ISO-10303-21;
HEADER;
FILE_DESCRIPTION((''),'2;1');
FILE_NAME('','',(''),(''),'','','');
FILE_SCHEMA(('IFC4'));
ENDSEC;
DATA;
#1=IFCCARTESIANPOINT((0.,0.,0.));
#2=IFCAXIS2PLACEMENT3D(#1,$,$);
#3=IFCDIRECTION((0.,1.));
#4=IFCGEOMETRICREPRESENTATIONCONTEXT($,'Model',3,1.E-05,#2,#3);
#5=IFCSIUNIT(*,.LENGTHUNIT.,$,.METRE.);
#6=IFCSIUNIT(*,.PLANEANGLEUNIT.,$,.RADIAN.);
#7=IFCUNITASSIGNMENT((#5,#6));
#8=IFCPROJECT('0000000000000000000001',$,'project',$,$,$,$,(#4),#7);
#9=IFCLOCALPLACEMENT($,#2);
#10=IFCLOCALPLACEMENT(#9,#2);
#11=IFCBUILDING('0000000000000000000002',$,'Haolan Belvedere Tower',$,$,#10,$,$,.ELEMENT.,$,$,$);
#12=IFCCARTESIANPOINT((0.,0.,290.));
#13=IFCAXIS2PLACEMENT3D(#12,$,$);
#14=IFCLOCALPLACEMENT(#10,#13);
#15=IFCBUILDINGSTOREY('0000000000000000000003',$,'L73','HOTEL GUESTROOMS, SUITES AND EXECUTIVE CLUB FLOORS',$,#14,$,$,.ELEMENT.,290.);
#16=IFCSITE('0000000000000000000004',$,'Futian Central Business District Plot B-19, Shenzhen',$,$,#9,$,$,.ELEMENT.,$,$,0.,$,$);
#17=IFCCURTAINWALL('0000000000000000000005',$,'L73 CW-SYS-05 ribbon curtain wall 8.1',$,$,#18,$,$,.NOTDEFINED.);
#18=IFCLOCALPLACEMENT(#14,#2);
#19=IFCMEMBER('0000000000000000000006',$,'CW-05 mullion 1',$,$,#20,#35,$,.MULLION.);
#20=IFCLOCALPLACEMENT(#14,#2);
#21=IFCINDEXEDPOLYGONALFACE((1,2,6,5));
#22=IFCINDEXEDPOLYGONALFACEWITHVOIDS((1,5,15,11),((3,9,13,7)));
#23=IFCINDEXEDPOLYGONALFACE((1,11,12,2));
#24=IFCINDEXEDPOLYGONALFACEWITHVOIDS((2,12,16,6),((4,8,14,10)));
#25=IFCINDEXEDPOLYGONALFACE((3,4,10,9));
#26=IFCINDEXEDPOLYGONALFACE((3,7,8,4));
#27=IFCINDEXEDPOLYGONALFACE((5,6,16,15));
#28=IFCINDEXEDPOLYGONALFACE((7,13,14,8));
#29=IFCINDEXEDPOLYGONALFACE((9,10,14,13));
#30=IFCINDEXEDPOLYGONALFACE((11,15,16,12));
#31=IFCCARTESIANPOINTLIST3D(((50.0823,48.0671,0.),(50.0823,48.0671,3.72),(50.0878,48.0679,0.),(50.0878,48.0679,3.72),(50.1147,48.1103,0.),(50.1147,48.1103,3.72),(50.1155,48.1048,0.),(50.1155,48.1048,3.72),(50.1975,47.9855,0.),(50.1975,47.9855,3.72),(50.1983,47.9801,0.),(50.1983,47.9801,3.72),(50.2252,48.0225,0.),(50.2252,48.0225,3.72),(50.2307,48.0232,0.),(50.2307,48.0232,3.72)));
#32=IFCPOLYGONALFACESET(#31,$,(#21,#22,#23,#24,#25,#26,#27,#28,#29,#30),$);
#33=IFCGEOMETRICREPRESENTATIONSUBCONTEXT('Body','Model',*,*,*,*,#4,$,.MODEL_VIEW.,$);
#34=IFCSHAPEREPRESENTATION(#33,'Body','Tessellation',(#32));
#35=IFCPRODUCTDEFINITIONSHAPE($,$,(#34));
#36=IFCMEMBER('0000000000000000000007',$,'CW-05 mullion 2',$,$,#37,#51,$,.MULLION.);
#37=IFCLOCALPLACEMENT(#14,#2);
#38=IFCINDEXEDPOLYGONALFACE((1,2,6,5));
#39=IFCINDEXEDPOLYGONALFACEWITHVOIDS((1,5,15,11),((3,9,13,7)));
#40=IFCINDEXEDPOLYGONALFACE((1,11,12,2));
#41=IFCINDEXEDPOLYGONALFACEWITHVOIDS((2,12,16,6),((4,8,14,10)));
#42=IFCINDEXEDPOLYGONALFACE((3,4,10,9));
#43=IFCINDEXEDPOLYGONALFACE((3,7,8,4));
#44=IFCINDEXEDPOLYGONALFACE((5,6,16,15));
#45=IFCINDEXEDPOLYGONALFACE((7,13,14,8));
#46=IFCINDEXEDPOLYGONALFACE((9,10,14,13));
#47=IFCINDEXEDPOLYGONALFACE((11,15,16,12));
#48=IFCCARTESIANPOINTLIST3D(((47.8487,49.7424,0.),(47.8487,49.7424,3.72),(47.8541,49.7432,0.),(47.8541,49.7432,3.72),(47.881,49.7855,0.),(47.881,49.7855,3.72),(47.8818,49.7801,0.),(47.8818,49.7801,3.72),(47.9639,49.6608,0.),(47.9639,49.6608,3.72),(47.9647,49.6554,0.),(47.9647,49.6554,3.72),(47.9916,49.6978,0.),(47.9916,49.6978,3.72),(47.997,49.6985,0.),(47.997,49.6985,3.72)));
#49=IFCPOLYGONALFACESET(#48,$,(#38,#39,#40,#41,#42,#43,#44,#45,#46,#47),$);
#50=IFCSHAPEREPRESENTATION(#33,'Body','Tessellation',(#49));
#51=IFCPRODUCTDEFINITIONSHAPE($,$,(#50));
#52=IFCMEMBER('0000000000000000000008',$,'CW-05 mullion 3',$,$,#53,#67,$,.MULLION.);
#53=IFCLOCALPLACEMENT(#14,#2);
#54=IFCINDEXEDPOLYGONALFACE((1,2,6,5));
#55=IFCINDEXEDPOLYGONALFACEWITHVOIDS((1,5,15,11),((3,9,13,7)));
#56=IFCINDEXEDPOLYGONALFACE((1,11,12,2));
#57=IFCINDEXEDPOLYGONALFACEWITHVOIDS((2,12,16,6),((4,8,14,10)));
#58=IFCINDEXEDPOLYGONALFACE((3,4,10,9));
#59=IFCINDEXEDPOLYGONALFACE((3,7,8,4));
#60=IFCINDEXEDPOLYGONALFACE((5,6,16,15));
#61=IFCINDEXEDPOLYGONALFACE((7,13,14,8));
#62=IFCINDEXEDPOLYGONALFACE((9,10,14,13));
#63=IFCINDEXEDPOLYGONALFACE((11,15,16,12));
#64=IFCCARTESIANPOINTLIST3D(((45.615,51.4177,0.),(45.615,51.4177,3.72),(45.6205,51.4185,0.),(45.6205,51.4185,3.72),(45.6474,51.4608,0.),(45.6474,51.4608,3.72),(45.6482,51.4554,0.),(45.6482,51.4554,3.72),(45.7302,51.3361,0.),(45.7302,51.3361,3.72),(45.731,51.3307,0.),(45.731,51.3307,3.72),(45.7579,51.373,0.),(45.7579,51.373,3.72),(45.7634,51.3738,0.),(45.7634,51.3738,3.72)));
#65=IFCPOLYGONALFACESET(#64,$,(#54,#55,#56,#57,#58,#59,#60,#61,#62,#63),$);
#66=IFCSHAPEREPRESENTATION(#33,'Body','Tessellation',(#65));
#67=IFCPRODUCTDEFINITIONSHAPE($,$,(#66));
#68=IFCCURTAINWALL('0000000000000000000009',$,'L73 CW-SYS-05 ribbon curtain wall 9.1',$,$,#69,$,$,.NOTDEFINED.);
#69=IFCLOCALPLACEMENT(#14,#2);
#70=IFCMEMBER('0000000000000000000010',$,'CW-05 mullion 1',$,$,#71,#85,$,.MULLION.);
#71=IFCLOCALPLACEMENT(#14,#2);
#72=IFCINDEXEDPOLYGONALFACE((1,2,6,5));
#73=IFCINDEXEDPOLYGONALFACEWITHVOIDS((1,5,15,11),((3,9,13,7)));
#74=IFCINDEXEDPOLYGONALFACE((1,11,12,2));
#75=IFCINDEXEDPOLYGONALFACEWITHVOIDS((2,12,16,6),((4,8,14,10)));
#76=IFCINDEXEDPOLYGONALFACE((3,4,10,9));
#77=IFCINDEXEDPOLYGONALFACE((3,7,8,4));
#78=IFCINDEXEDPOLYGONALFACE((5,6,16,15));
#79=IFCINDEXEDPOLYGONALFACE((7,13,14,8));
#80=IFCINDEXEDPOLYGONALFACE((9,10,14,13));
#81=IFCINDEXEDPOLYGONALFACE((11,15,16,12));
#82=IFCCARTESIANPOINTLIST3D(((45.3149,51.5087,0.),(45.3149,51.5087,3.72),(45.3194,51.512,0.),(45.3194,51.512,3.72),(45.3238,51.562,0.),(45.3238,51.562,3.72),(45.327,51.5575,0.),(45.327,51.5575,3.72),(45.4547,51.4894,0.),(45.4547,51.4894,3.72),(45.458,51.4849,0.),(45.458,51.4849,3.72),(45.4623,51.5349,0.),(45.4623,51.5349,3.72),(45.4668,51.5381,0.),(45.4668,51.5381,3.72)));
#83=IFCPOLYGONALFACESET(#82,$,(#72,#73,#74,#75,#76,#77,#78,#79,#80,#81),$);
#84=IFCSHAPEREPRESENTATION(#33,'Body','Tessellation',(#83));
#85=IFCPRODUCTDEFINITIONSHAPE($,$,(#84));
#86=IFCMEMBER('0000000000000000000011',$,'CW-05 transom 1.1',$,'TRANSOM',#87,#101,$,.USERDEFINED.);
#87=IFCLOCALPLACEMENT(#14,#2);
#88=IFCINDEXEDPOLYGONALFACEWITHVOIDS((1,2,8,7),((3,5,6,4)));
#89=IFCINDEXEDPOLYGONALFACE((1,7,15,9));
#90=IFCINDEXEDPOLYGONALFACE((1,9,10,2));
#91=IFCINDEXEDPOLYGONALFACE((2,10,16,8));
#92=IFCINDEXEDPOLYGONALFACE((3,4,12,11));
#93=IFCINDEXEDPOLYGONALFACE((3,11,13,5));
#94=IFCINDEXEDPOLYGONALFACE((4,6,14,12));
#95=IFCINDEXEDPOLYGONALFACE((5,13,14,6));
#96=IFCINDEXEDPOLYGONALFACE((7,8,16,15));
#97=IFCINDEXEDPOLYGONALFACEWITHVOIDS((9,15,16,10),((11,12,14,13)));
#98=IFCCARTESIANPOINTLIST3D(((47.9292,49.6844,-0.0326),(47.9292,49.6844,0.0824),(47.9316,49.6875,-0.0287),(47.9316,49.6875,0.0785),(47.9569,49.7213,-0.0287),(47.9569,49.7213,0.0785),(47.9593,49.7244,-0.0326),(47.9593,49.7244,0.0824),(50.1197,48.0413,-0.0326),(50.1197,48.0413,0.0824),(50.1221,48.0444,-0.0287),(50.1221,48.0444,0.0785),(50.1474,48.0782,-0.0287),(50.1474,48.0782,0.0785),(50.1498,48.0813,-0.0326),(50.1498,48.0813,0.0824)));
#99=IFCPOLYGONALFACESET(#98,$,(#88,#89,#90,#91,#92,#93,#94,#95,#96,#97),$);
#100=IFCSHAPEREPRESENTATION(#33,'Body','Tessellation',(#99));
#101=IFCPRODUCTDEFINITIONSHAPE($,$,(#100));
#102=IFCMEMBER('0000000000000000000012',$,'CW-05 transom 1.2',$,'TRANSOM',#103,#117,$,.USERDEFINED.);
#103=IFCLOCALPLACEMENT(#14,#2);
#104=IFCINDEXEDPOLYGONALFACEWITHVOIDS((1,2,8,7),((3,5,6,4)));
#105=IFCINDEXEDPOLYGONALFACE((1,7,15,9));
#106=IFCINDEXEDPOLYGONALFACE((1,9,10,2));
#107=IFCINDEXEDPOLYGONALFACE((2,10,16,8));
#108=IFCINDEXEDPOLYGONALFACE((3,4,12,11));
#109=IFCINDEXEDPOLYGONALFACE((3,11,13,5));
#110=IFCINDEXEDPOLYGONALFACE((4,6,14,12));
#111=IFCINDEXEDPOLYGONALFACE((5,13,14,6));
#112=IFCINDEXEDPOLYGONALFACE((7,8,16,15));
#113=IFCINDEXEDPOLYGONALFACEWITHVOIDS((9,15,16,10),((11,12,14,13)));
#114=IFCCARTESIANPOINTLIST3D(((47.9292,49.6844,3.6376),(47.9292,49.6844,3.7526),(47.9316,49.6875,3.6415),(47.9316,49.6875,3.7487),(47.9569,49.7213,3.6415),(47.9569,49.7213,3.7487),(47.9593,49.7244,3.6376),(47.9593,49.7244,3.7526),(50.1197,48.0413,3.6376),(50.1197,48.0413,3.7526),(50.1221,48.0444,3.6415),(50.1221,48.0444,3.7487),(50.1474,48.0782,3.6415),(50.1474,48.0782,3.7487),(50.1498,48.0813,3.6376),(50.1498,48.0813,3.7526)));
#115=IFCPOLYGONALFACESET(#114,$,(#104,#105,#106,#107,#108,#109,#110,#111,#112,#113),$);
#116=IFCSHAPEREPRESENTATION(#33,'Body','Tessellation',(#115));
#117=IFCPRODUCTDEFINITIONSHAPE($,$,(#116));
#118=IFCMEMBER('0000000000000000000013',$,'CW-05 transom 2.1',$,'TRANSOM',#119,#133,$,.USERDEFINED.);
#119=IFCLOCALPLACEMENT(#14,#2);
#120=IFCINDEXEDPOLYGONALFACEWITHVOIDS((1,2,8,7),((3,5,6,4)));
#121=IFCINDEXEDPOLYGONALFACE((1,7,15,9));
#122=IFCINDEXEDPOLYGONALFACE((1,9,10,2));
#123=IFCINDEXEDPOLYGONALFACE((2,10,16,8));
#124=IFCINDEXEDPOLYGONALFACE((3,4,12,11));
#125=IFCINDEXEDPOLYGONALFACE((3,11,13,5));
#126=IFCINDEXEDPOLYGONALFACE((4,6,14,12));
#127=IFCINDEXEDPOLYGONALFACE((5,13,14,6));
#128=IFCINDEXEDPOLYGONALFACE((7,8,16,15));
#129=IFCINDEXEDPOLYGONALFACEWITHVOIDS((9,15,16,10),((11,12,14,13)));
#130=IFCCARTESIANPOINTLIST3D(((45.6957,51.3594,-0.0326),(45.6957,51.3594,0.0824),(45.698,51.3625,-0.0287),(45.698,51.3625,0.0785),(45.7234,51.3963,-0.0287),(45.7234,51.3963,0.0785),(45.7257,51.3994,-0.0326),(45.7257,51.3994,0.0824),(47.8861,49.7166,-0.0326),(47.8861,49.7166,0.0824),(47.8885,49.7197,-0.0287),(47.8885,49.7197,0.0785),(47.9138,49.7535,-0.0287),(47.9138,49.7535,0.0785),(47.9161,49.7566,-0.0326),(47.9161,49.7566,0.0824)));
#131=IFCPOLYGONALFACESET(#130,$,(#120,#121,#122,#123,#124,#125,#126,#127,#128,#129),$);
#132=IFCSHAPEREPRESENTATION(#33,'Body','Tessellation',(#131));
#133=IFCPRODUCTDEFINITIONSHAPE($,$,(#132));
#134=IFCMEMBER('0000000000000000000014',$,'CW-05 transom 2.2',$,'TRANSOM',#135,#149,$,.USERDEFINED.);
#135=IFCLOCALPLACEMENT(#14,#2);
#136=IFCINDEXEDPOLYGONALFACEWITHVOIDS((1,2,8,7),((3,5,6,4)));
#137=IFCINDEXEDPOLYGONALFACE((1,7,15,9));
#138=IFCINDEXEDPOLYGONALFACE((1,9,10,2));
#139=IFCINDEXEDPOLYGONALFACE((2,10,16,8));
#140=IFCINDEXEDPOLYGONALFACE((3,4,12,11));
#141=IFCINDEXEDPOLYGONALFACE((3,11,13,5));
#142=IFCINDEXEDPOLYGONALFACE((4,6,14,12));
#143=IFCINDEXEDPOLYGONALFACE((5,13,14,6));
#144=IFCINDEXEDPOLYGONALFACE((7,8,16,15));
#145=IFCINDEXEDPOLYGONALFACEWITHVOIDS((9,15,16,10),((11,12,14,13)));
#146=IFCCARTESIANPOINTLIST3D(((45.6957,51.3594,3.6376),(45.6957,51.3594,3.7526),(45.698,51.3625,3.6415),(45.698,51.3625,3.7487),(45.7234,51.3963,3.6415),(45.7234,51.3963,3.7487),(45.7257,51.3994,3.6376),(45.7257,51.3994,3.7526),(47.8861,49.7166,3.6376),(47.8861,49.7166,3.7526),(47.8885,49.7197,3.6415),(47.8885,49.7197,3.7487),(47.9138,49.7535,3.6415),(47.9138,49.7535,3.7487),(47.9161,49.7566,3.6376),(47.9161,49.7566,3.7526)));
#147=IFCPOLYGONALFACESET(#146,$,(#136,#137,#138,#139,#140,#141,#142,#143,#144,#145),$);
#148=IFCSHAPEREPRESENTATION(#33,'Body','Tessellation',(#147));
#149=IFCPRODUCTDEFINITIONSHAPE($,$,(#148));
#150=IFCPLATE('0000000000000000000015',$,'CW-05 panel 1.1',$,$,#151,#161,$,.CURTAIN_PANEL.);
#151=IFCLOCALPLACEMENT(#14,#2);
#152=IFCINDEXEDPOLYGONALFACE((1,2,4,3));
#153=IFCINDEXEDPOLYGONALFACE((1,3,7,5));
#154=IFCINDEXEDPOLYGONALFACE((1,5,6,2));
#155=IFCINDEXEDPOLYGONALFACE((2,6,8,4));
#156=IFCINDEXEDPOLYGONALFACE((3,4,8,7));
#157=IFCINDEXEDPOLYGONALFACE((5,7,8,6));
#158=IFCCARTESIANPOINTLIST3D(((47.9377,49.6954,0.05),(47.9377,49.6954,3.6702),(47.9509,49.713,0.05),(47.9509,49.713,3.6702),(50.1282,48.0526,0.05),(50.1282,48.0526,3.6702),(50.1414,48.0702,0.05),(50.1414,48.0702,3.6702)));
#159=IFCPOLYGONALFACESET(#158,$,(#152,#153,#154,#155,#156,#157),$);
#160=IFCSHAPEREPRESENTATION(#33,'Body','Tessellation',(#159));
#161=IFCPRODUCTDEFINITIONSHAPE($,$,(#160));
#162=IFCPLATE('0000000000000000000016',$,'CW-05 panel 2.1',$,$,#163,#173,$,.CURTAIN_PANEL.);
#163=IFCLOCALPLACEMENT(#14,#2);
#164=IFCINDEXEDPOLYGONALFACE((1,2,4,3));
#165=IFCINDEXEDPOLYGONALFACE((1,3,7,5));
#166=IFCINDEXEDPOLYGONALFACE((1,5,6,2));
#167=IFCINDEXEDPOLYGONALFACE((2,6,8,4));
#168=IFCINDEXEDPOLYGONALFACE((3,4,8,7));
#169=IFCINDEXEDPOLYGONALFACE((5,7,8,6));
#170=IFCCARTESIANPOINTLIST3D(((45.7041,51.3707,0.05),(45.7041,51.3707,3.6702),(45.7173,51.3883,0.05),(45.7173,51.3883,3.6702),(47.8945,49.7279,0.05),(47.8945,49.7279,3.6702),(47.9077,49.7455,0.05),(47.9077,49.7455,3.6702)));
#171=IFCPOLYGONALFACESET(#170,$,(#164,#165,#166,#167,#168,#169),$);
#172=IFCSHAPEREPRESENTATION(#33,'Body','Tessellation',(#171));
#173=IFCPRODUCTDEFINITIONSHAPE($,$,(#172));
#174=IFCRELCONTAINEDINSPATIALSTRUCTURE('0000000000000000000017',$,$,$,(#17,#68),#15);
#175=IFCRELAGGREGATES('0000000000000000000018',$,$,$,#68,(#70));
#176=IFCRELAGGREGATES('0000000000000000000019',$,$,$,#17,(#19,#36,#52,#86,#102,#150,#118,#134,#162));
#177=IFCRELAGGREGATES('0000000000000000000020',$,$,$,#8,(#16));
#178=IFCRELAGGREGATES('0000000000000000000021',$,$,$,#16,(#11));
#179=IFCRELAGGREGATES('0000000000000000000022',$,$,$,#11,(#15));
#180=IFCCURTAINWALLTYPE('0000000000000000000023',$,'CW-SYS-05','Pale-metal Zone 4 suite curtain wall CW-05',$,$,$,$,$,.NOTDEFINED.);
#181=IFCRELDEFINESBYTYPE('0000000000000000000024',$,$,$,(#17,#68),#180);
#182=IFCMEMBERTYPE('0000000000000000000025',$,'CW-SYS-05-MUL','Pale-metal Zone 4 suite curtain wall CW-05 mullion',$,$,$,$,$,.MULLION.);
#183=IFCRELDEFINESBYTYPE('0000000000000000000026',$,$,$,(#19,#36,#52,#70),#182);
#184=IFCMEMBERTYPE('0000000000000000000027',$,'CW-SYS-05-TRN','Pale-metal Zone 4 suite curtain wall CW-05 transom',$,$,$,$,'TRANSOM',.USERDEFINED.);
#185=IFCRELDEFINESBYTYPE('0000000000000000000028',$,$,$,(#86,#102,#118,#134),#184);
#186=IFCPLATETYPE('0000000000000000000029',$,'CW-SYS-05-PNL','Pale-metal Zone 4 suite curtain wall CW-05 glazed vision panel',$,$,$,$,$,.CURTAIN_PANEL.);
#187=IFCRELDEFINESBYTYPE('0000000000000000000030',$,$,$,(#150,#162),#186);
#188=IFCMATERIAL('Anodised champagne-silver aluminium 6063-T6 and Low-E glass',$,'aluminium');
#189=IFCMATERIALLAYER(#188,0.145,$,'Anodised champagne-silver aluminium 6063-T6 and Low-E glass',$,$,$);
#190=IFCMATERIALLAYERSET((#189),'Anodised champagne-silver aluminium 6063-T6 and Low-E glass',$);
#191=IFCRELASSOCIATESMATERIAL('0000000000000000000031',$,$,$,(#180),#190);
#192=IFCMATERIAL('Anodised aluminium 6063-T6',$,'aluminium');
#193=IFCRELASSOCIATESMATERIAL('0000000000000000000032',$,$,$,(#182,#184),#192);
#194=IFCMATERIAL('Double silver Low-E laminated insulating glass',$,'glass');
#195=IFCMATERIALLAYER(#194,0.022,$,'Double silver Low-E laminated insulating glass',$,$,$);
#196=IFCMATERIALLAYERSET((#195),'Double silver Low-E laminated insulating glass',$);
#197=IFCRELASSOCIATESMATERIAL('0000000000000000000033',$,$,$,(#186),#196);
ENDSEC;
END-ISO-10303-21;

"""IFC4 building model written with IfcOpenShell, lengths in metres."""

from ifc_helpers import new_model, si_unit, direction, frame, origin, origin_2d, place, context, subcontext, project, spatial, rectangle, hollow_rectangle, extrude, material, layer, layer_set, material_profile, profile_set, type_object, element, aggregate, save


model = new_model("IFC4")

# Units and contexts
model_context = context("Model", 3, precision=1e-05, world=origin(), true_north=direction((0.0, 1.0)))
body_context = subcontext(model_context, "Body", "Model", "MODEL_VIEW")
ifc_project = project(units=[si_unit("LENGTHUNIT", "METRE"), si_unit("PLANEANGLEUNIT", "RADIAN")], contexts=[model_context])

# Site, building, storey
site_placement = place(None, origin())
site = spatial("IfcSite", under=ifc_project, at=site_placement, Name="Futian Central Business District Plot B-19, Shenzhen", CompositionType="ELEMENT", RefElevation=0.0)
building_placement = place(site_placement, origin())
building = spatial("IfcBuilding", under=site, at=building_placement, Name="Haolan Belvedere Tower", CompositionType="ELEMENT")
storey_placement = place(building_placement, frame((0.0, 0.0, 290.0)))
storey = spatial("IfcBuildingStorey", under=building, at=storey_placement, Name="L73", Description="HOTEL GUESTROOMS, SUITES AND EXECUTIVE CLUB FLOORS", CompositionType="ELEMENT", Elevation=290.0)

# Curtain wall, members
ifc_material_1 = material(Name="Anodised champagne-silver aluminium 6063-T6 and Low-E glass", Category="aluminium")
ifc_layer_1 = layer(ifc_material_1, 0.145, Name="Anodised champagne-silver aluminium 6063-T6 and Low-E glass")
ifc_layer_set_1 = layer_set([ifc_layer_1], Name="Anodised champagne-silver aluminium 6063-T6 and Low-E glass")
curtain_wall_type = type_object("IfcCurtainWallType", Name="CW-SYS-05", Description="Pale-metal Zone 4 suite curtain wall CW-05", PredefinedType="NOTDEFINED", material=ifc_layer_set_1)
curtain_wall_1_placement = place(storey_placement, origin())
curtain_wall_1 = element("IfcCurtainWall", 1, at=curtain_wall_1_placement, inside=storey, type_object=curtain_wall_type, Name="L73 CW-SYS-05 ribbon curtain wall 8.1", PredefinedType="NOTDEFINED")
ifc_material_2 = material(Name="Anodised aluminium 6063-T6", Category="aluminium")
ifc_material_profile_1 = material_profile(ifc_material_2, hollow_rectangle(XDim=0.054, YDim=0.145, WallThickness=0.0039, at=origin_2d()), Name="Anodised aluminium 6063-T6")
ifc_profile_set_1 = profile_set([ifc_material_profile_1], Name="Anodised aluminium 6063-T6")
member_type_1 = type_object("IfcMemberType", Name="CW-SYS-05-MUL", Description="Pale-metal Zone 4 suite curtain wall CW-05 mullion", PredefinedType="MULLION", material=ifc_profile_set_1)
member_1_placement = place(storey_placement, frame((50.1565, 48.0452, 0.0), z_axis=(0.0, 0.0, 1.0), x_axis=(-0.600003, -0.799998, 0.0)))
member_1 = element("IfcMember", 2, at=member_1_placement, type_object=member_type_1, Name="CW-05 mullion 1", PredefinedType="MULLION", context=body_context, shape_type="SweptSolid", body=[
    extrude(hollow_rectangle(XDim=0.054, YDim=0.145, WallThickness=0.0039, at=origin_2d()), origin(), (0.0, 0.0, 1.0), 3.72),
])
member_2_placement = place(storey_placement, frame((47.9229, 49.7205, 0.0), z_axis=(0.0, 0.0, 1.0), x_axis=(-0.600003, -0.799998, 0.0)))
member_2 = element("IfcMember", 3, at=member_2_placement, type_object=member_type_1, Name="CW-05 mullion 2", PredefinedType="MULLION", context=body_context, shape_type="SweptSolid", body=[
    extrude(hollow_rectangle(XDim=0.054, YDim=0.145, WallThickness=0.0039, at=origin_2d()), origin(), (0.0, 0.0, 1.0), 3.72),
])
member_3_placement = place(storey_placement, frame((45.6892, 51.3958, 0.0), z_axis=(0.0, 0.0, 1.0), x_axis=(-0.600003, -0.799998, 0.0)))
member_3 = element("IfcMember", 4, at=member_3_placement, type_object=member_type_1, Name="CW-05 mullion 3", PredefinedType="MULLION", context=body_context, shape_type="SweptSolid", body=[
    extrude(hollow_rectangle(XDim=0.054, YDim=0.145, WallThickness=0.0039, at=origin_2d()), origin(), (0.0, 0.0, 1.0), 3.72),
])

# Curtain wall, member
curtain_wall_2_placement = place(storey_placement, origin())
curtain_wall_2 = element("IfcCurtainWall", 5, at=curtain_wall_2_placement, inside=storey, type_object=curtain_wall_type, Name="L73 CW-SYS-05 ribbon curtain wall 9.1", PredefinedType="NOTDEFINED")
member_4_placement = place(storey_placement, frame((45.3909, 51.5234, 0.0), z_axis=(0.0, 0.0, 1.0), x_axis=(-0.164406, -0.986393, 0.0)))
member_4 = element("IfcMember", 6, at=member_4_placement, type_object=member_type_1, Name="CW-05 mullion 1", PredefinedType="MULLION", context=body_context, shape_type="SweptSolid", body=[
    extrude(hollow_rectangle(XDim=0.054, YDim=0.145, WallThickness=0.0039, at=origin_2d()), origin(), (0.0, 0.0, 1.0), 3.72),
])
aggregate(curtain_wall_2, [member_4])

# Members
ifc_material_profile_2 = material_profile(ifc_material_2, hollow_rectangle(XDim=0.05, YDim=0.115, WallThickness=0.0039, at=origin_2d()), Name="Anodised aluminium 6063-T6")
ifc_profile_set_2 = profile_set([ifc_material_profile_2], Name="Anodised aluminium 6063-T6")
member_type_2 = type_object("IfcMemberType", Name="CW-SYS-05-TRN", Description="Pale-metal Zone 4 suite curtain wall CW-05 transom", ElementType="TRANSOM", PredefinedType="USERDEFINED", material=ifc_profile_set_2)
member_5_placement = place(storey_placement, frame((50.1348, 48.0613, 0.0249), z_axis=(-0.799957, 0.600057, 0.0), x_axis=(-0.600057, -0.799957, 0.0)))
member_5 = element("IfcMember", 7, at=member_5_placement, type_object=member_type_2, Name="CW-05 transom 1.1", ObjectType="TRANSOM", PredefinedType="USERDEFINED", context=body_context, shape_type="SweptSolid", body=[
    extrude(hollow_rectangle(XDim=0.05, YDim=0.115, WallThickness=0.0039, at=origin_2d()), origin(), (0.0, 0.0, 1.0), 2.7383),
])
member_6_placement = place(storey_placement, frame((50.1348, 48.0613, 3.6951), z_axis=(-0.799957, 0.600057, 0.0), x_axis=(-0.600057, -0.799957, 0.0)))
member_6 = element("IfcMember", 8, at=member_6_placement, type_object=member_type_2, Name="CW-05 transom 1.2", ObjectType="TRANSOM", PredefinedType="USERDEFINED", context=body_context, shape_type="SweptSolid", body=[
    extrude(hollow_rectangle(XDim=0.05, YDim=0.115, WallThickness=0.0039, at=origin_2d()), origin(), (0.0, 0.0, 1.0), 2.7383),
])
member_7_placement = place(storey_placement, frame((47.9011, 49.7366, 0.0249), z_axis=(-0.8, 0.6, 0.0), x_axis=(-0.6, -0.8, 0.0)))
member_7 = element("IfcMember", 9, at=member_7_placement, type_object=member_type_2, Name="CW-05 transom 2.1", ObjectType="TRANSOM", PredefinedType="USERDEFINED", context=body_context, shape_type="SweptSolid", body=[
    extrude(hollow_rectangle(XDim=0.05, YDim=0.115, WallThickness=0.0039, at=origin_2d()), origin(), (0.0, 0.0, 1.0), 2.738),
])
member_8_placement = place(storey_placement, frame((47.9011, 49.7366, 3.6951), z_axis=(-0.8, 0.6, 0.0), x_axis=(-0.6, -0.8, 0.0)))
member_8 = element("IfcMember", 10, at=member_8_placement, type_object=member_type_2, Name="CW-05 transom 2.2", ObjectType="TRANSOM", PredefinedType="USERDEFINED", context=body_context, shape_type="SweptSolid", body=[
    extrude(hollow_rectangle(XDim=0.05, YDim=0.115, WallThickness=0.0039, at=origin_2d()), origin(), (0.0, 0.0, 1.0), 2.738),
])

# Plates
ifc_material_3 = material(Name="Double silver Low-E laminated insulating glass", Category="glass")
ifc_layer_2 = layer(ifc_material_3, 0.022, Name="Double silver Low-E laminated insulating glass")
ifc_layer_set_2 = layer_set([ifc_layer_2], Name="Double silver Low-E laminated insulating glass")
plate_type = type_object("IfcPlateType", Name="CW-SYS-05-PNL", Description="Pale-metal Zone 4 suite curtain wall CW-05 glazed vision panel", PredefinedType="CURTAIN_PANEL", material=ifc_layer_set_2)
plate_1_placement = place(storey_placement, frame((49.0396, 48.8828, 0.05), z_axis=(0.0, 0.0, 1.0), x_axis=(-0.799998, 0.600003, 0.0)))
plate_1 = element("IfcPlate", 11, at=plate_1_placement, type_object=plate_type, Name="CW-05 panel 1.1", PredefinedType="CURTAIN_PANEL", context=body_context, shape_type="SweptSolid", body=[
    extrude(rectangle(XDim=2.738, YDim=0.022, at=origin_2d()), origin(), (0.0, 0.0, 1.0), 3.6201),
])
plate_2_placement = place(storey_placement, frame((46.8059, 50.5581, 0.05), z_axis=(0.0, 0.0, 1.0), x_axis=(-0.799998, 0.600003, 0.0)))
plate_2 = element("IfcPlate", 12, at=plate_2_placement, type_object=plate_type, Name="CW-05 panel 2.1", PredefinedType="CURTAIN_PANEL", context=body_context, shape_type="SweptSolid", body=[
    extrude(rectangle(XDim=2.738, YDim=0.022, at=origin_2d()), origin(), (0.0, 0.0, 1.0), 3.6201),
])
aggregate(curtain_wall_1, [member_1, member_2, member_3, member_5, member_6, plate_1, member_7, member_8, plate_2])

save(model, "model.ifc")
